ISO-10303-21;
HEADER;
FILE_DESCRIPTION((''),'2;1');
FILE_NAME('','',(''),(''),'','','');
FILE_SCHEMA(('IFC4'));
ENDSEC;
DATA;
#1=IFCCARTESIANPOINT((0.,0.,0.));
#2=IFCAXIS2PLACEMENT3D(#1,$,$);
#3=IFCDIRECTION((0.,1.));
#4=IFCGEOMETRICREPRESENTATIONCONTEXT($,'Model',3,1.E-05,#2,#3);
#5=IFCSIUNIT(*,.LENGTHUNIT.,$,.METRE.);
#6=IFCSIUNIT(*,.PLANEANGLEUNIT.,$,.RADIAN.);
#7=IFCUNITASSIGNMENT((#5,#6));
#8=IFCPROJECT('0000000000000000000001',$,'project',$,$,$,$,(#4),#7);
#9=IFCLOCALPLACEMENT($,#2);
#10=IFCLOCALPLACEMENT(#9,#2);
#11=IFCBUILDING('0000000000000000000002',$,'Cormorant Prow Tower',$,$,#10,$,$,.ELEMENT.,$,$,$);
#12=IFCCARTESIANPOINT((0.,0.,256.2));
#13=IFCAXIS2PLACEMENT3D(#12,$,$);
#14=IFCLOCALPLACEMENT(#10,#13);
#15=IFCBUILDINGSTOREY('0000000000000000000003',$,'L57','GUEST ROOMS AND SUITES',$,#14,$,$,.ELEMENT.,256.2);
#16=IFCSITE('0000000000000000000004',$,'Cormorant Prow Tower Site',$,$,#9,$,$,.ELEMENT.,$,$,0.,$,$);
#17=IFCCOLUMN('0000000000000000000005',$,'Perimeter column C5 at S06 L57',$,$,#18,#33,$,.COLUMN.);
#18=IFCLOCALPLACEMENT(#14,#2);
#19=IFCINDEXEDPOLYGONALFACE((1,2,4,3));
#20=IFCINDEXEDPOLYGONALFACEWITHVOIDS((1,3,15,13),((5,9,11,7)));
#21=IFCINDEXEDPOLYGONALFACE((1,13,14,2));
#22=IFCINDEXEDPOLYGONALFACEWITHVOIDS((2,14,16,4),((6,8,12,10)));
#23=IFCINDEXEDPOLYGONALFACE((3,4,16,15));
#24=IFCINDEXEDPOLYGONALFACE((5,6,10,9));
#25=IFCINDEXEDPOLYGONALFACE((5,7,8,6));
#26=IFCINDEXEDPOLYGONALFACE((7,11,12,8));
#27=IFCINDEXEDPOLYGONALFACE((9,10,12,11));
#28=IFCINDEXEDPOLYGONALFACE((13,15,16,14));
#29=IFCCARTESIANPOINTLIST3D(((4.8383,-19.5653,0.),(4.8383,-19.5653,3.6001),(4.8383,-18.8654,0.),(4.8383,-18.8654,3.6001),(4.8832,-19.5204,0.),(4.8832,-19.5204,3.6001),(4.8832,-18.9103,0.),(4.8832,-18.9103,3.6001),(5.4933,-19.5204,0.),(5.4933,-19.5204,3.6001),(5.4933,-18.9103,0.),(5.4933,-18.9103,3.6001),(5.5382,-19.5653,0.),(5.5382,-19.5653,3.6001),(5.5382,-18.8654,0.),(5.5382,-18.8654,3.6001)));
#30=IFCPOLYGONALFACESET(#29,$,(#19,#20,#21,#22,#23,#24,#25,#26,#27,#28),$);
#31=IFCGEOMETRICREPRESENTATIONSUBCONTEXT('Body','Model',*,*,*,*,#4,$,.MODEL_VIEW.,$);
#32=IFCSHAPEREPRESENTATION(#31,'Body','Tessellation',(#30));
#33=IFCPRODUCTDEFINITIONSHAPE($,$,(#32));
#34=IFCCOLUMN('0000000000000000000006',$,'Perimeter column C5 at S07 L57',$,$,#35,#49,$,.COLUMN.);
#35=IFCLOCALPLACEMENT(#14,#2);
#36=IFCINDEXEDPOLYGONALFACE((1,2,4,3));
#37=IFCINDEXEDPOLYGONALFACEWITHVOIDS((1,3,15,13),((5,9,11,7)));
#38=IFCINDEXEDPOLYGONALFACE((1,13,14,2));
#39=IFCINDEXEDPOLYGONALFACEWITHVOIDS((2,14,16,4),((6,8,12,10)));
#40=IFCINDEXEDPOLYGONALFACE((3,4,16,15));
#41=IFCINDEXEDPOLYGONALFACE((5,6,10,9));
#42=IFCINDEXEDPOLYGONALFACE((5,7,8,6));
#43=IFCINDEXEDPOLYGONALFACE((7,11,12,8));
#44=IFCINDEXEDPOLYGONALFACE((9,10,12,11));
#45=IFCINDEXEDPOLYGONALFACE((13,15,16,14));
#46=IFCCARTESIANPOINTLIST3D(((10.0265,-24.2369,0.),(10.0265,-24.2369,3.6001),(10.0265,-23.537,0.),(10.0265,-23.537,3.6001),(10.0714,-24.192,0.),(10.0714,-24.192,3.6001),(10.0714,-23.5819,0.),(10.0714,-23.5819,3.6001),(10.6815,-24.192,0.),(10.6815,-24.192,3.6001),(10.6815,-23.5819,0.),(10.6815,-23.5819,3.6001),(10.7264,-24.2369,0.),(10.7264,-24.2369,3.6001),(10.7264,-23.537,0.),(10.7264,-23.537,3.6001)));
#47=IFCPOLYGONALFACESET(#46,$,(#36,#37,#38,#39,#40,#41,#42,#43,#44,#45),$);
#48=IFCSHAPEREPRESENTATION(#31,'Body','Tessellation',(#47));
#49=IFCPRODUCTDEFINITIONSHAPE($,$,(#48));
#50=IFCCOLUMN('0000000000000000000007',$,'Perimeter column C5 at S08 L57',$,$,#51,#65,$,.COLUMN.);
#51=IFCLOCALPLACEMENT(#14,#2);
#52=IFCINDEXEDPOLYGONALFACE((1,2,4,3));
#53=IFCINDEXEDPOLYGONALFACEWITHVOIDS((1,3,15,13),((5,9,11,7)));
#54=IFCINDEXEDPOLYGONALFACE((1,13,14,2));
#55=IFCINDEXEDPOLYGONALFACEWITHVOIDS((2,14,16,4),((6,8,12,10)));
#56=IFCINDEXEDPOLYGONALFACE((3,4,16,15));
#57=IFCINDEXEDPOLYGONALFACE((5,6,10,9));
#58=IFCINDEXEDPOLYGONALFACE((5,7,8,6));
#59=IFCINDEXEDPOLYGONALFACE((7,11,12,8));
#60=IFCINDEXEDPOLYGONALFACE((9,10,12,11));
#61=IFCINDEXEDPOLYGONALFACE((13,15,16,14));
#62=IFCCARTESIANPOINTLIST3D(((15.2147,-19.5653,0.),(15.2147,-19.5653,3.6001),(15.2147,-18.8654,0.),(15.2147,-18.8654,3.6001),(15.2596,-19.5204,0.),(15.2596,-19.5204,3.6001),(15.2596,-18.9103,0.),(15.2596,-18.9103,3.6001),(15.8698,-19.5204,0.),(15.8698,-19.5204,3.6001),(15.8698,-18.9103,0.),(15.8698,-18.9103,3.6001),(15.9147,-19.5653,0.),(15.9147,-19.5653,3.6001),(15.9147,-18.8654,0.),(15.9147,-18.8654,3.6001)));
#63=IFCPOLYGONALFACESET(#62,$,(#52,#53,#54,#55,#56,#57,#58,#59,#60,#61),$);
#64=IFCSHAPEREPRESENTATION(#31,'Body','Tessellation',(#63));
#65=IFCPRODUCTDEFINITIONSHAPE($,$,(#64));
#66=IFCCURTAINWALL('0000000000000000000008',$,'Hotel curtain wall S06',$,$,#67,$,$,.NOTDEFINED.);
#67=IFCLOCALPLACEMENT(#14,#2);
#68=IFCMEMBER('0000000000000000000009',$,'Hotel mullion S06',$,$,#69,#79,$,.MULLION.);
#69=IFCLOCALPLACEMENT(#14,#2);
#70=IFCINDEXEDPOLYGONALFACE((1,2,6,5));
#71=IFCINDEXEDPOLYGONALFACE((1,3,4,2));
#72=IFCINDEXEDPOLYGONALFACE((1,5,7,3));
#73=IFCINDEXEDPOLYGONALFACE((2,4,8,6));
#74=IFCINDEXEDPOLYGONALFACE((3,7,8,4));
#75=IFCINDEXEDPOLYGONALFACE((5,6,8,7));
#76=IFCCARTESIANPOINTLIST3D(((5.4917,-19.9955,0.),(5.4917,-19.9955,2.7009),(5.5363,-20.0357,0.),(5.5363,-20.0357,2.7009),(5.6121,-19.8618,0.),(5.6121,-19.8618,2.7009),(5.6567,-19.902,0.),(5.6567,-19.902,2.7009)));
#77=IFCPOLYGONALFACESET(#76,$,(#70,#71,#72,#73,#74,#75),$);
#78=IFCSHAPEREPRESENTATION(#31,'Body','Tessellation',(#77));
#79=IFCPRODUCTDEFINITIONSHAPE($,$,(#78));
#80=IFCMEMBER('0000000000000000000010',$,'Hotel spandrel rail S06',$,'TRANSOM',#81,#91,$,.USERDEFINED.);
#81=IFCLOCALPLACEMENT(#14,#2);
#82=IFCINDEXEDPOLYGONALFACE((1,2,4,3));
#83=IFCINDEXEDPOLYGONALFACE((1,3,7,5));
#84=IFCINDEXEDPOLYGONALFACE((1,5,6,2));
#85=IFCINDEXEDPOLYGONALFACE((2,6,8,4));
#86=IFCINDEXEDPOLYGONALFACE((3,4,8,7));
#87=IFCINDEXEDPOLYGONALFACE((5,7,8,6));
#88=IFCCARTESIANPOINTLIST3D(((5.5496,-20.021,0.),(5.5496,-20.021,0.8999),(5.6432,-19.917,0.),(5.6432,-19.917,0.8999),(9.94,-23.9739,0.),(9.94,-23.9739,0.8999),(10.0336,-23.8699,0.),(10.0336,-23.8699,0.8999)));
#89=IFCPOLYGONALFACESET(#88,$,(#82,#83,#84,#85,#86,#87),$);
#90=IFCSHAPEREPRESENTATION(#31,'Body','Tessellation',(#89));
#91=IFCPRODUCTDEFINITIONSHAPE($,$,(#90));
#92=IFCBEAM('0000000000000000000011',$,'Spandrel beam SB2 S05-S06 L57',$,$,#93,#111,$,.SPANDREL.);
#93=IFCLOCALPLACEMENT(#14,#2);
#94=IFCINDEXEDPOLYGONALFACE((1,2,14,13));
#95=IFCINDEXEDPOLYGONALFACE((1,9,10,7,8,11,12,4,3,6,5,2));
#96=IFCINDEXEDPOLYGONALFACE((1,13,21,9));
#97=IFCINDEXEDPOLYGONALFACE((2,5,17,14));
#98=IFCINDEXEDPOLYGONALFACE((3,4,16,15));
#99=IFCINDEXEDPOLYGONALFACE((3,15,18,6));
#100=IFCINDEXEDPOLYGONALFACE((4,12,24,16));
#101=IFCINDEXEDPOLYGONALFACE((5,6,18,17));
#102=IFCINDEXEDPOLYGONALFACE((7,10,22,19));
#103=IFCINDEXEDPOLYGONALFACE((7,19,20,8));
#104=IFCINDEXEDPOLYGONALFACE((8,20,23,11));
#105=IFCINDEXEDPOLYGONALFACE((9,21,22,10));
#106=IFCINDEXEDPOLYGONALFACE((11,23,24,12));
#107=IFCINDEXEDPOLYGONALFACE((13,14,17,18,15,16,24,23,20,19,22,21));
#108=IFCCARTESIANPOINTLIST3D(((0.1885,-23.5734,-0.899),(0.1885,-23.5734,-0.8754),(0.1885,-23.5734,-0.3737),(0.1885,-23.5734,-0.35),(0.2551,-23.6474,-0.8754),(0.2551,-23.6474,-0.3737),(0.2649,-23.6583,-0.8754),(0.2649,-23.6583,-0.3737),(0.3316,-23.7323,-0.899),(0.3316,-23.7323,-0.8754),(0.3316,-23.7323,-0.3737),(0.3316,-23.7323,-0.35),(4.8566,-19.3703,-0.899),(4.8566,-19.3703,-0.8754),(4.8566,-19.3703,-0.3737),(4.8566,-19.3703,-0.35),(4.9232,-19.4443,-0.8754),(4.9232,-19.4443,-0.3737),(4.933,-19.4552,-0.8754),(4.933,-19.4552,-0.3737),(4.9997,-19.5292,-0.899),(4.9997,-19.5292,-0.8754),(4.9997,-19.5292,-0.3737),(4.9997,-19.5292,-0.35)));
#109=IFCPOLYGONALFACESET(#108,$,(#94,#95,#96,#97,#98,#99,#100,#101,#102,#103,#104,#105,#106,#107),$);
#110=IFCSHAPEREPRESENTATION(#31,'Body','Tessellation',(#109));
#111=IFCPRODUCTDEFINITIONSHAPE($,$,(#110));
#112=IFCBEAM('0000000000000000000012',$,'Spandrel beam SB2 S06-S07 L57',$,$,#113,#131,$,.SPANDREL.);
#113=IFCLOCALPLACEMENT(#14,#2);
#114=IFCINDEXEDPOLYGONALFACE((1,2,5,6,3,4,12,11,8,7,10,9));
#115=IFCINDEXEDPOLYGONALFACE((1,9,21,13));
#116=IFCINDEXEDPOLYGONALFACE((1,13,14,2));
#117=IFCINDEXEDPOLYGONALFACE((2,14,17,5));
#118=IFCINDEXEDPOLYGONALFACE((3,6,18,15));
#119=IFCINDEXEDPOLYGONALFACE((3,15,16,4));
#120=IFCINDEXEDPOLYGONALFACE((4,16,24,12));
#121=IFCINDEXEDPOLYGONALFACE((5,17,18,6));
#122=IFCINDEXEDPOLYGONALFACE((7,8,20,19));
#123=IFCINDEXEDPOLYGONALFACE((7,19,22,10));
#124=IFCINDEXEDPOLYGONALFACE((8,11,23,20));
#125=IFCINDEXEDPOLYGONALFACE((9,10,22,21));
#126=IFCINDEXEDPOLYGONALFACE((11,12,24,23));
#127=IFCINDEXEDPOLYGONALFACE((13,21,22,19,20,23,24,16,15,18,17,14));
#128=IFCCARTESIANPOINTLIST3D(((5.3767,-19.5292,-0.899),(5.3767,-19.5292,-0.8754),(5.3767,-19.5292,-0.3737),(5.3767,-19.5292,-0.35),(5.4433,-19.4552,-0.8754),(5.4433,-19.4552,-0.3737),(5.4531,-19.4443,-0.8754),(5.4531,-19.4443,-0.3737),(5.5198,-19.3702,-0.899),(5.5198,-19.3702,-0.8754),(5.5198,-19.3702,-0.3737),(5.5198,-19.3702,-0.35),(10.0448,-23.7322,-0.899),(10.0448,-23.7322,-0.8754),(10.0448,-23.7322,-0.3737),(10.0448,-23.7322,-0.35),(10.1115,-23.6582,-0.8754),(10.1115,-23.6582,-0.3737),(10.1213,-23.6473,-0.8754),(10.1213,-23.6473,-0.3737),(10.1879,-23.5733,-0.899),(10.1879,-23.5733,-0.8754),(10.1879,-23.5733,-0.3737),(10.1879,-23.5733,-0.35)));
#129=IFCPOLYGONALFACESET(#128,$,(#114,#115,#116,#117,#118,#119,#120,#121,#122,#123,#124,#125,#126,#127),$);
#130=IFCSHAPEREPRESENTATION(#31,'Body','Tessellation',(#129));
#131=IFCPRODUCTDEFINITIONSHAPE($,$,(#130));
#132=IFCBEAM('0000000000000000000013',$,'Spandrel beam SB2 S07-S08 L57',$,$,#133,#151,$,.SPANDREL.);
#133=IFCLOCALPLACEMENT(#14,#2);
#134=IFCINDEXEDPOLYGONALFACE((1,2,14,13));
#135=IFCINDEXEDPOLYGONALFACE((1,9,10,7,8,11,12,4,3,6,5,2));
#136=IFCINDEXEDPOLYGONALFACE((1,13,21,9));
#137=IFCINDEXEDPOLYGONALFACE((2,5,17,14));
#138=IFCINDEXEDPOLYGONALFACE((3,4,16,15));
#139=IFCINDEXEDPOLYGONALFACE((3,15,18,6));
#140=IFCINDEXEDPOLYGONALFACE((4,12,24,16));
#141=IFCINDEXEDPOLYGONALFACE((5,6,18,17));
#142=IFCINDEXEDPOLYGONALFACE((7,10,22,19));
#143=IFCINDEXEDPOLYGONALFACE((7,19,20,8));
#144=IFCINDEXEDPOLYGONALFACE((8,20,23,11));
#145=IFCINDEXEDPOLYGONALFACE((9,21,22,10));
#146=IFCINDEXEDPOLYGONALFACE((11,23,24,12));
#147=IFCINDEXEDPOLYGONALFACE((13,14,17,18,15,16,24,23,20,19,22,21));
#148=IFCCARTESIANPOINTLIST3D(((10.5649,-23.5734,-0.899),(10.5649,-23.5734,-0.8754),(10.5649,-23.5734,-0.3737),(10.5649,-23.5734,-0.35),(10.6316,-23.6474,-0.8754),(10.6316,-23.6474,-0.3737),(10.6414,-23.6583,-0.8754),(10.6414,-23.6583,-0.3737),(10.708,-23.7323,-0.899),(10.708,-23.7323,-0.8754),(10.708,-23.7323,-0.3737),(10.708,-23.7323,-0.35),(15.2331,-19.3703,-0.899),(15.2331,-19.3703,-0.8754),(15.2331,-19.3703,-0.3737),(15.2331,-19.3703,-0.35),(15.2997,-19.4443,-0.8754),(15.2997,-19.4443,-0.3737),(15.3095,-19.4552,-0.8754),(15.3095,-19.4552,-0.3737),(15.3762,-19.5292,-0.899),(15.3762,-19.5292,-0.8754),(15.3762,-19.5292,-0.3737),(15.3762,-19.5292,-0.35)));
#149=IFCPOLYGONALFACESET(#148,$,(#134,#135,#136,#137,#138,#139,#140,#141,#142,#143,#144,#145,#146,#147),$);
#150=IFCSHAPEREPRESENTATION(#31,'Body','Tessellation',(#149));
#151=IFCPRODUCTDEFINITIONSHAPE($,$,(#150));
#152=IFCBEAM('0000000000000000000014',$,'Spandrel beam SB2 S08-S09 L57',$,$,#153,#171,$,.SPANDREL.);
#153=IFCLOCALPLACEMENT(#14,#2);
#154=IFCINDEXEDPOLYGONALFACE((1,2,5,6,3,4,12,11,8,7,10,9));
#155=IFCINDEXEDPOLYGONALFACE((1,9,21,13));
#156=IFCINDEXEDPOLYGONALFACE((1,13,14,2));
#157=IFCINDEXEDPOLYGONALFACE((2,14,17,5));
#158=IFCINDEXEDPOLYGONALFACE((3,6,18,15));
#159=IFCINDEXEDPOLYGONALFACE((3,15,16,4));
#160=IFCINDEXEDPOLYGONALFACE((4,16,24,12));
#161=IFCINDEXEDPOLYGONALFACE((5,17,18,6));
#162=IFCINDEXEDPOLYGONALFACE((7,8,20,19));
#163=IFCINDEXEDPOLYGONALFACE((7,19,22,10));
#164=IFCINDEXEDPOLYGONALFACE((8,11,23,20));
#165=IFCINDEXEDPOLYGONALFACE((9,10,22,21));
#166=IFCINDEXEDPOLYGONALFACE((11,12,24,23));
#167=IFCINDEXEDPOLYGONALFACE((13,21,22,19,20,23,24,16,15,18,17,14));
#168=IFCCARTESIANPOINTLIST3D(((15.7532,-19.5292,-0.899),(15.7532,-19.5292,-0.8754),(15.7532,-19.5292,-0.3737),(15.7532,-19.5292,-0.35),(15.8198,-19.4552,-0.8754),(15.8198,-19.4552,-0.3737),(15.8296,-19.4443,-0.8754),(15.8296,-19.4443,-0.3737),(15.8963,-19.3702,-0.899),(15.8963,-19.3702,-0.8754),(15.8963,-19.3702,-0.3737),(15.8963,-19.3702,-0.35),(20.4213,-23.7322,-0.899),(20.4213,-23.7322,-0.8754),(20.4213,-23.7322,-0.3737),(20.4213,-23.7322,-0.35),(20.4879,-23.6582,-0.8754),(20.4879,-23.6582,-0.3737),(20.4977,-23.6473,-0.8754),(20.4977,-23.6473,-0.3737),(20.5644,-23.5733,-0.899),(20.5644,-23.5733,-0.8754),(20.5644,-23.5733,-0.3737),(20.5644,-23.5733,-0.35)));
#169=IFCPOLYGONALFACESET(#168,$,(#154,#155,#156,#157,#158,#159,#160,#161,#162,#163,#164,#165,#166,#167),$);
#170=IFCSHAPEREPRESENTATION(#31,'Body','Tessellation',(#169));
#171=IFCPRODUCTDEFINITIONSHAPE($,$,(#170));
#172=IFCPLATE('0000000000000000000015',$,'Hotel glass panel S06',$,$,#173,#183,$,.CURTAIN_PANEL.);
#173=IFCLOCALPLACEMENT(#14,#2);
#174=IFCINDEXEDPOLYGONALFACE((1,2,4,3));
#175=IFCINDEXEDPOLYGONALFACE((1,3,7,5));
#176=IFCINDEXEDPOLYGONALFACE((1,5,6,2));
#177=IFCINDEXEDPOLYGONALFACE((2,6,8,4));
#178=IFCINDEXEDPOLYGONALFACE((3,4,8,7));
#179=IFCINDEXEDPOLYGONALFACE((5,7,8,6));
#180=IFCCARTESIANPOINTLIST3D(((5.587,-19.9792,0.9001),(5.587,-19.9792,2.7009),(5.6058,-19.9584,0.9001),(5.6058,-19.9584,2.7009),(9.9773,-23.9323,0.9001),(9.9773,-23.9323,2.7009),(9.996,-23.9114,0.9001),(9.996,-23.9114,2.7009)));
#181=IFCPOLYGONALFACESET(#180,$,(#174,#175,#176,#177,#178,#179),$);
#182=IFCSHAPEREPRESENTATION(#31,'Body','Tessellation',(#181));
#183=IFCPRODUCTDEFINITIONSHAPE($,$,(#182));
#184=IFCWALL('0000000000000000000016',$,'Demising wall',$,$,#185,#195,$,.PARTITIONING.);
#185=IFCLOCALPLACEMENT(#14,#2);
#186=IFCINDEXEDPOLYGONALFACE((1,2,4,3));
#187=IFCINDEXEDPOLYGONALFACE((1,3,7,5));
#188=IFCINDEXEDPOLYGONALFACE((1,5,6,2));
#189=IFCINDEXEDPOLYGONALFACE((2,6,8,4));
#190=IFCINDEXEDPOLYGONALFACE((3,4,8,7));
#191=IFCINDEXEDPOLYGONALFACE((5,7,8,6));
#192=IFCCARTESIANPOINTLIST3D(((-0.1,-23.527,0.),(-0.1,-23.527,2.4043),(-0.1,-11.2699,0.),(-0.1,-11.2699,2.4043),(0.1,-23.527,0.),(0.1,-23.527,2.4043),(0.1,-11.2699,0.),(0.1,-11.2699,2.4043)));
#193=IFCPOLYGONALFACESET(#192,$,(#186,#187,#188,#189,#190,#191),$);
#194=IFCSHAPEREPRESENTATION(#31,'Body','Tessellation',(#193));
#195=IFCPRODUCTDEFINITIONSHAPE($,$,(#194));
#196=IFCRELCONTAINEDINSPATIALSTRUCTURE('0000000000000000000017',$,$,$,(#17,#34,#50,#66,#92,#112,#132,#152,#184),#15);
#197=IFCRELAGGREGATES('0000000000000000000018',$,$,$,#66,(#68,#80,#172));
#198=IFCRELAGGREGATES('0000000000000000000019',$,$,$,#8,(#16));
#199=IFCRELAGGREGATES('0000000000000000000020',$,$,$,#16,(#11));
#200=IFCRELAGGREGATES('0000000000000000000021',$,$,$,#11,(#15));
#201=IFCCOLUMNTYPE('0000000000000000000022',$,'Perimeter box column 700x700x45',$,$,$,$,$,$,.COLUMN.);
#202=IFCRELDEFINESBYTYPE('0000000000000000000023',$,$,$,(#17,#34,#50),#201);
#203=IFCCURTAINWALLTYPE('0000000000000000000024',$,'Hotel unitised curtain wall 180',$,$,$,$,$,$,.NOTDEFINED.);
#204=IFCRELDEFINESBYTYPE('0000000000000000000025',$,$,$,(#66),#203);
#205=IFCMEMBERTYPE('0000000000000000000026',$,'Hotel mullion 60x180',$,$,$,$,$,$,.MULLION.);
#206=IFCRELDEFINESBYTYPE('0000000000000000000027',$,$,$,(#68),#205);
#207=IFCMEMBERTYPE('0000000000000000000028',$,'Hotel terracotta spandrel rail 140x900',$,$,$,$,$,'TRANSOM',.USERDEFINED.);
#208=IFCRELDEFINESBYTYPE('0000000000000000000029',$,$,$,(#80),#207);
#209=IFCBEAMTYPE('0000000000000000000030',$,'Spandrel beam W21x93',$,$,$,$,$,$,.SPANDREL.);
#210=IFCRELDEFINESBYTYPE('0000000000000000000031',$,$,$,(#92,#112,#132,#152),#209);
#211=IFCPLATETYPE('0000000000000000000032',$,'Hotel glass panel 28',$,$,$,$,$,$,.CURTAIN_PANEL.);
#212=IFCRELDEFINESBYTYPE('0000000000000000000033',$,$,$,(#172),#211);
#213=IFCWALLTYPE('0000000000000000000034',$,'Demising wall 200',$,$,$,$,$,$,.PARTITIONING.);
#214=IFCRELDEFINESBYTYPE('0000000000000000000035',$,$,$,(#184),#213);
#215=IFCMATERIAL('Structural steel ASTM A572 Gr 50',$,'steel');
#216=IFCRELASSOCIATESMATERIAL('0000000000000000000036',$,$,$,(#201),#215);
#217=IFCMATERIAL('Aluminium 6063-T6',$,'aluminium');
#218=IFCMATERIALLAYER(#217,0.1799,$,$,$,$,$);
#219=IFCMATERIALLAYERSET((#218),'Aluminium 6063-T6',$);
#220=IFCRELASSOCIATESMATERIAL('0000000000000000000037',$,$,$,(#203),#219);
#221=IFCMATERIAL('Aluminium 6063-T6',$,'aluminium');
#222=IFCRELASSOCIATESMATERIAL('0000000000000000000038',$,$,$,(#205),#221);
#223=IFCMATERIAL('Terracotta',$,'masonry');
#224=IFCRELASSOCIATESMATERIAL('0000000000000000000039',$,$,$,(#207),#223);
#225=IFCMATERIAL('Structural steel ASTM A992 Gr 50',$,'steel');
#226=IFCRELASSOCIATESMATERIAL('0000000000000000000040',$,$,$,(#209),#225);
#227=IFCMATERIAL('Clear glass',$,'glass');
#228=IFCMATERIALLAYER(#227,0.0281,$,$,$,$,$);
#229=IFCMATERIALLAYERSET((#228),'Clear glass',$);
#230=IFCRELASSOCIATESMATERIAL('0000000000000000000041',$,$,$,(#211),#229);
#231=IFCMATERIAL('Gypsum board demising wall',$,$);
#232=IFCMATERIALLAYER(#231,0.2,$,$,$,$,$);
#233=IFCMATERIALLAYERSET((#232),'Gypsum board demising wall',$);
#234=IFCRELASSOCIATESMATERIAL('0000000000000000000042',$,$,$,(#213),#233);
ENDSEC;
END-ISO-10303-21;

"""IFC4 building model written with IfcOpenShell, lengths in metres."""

from ifc_helpers import new_model, si_unit, direction, frame, frame_2d, origin, origin_2d, place, context, subcontext, project, spatial, rectangle, hollow_rectangle, i_section, extrude, material, layer, layer_set, material_profile, profile_set, type_object, element, aggregate, save


model = new_model("IFC4")

# Units and contexts
model_context = context("Model", 3, precision=1e-05, world=origin(), true_north=direction((0.0, 1.0)))
body_context = subcontext(model_context, "Body", "Model", "MODEL_VIEW")
ifc_project = project(units=[si_unit("LENGTHUNIT", "METRE"), si_unit("PLANEANGLEUNIT", "RADIAN")], contexts=[model_context])

# Site, building, storey
site_placement = place(None, origin())
site = spatial("IfcSite", under=ifc_project, at=site_placement, Name="Cormorant Prow Tower Site", CompositionType="ELEMENT", RefElevation=0.0)
building_placement = place(site_placement, origin())
building = spatial("IfcBuilding", under=site, at=building_placement, Name="Cormorant Prow Tower", CompositionType="ELEMENT")
storey_placement = place(building_placement, frame((0.0, 0.0, 256.2)))
storey = spatial("IfcBuildingStorey", under=building, at=storey_placement, Name="L57", Description="GUEST ROOMS AND SUITES", CompositionType="ELEMENT", Elevation=256.2)

# Columns
ifc_material_1 = material(Name="Structural steel ASTM A572 Gr 50", Category="steel")
ifc_material_profile_1 = material_profile(ifc_material_1, hollow_rectangle(XDim=0.7, YDim=0.7, WallThickness=0.0449, at=origin_2d()), Name="Box 700x700x45")
ifc_profile_set_1 = profile_set([ifc_material_profile_1], Name="Structural steel ASTM A572 Gr 50")
column_type = type_object("IfcColumnType", Name="Perimeter box column 700x700x45", PredefinedType="COLUMN", material=ifc_profile_set_1)
for number, where, z_axis, x_axis, name in (
    (1, (5.1882, -19.2153, 0.0), (0.0, 0.0, 1.0), (1.0, 0.0, 0.0), "Perimeter column C5 at S06 L57"),
    (2, (10.3765, -23.887, 0.0), (0.0, 0.0, 1.0), (1.0, 0.0, 0.0), "Perimeter column C5 at S07 L57"),
    (3, (15.5647, -19.2153, 0.0), (0.0, 0.0, 1.0), (1.0, 0.0, 0.0), "Perimeter column C5 at S08 L57"),
):
    element("IfcColumn", number, at=place(storey_placement, frame(where, z_axis=z_axis, x_axis=x_axis)), inside=storey, type_object=column_type, Name=name, PredefinedType="COLUMN", context=body_context, shape_type="SweptSolid", body=[
        extrude(hollow_rectangle(XDim=0.7, YDim=0.7, WallThickness=0.0449, at=origin_2d()), origin(), (0.0, 0.0, 1.0), 3.6001),
    ])

# Curtain wall, members
ifc_material_2 = material(Name="Aluminium 6063-T6", Category="aluminium")
ifc_layer_1 = layer(ifc_material_2, 0.1799)
ifc_layer_set_1 = layer_set([ifc_layer_1], Name="Aluminium 6063-T6")
curtain_wall_type = type_object("IfcCurtainWallType", Name="Hotel unitised curtain wall 180", PredefinedType="NOTDEFINED", material=ifc_layer_set_1)
curtain_wall_placement = place(storey_placement, origin())
curtain_wall = element("IfcCurtainWall", 4, at=curtain_wall_placement, inside=storey, type_object=curtain_wall_type, Name="Hotel curtain wall S06", PredefinedType="NOTDEFINED")
ifc_material_3 = material(Name="Aluminium 6063-T6", Category="aluminium")
ifc_material_profile_2 = material_profile(ifc_material_3, rectangle(XDim=0.1799, YDim=0.0601, at=origin_2d()), Name="Hotel mullion 60x180")
ifc_profile_set_2 = profile_set([ifc_material_profile_2], Name="Aluminium 6063-T6")
member_type_1 = type_object("IfcMemberType", Name="Hotel mullion 60x180", PredefinedType="MULLION", material=ifc_profile_set_2)
member_1_placement = place(storey_placement, frame((5.5742, -19.9487, 0.0), z_axis=(0.0, 0.0, 1.0), x_axis=(0.669131, 0.743145, 0.0)))
member_1 = element("IfcMember", 5, at=member_1_placement, type_object=member_type_1, Name="Hotel mullion S06", PredefinedType="MULLION", context=body_context, shape_type="SweptSolid", body=[
    extrude(rectangle(XDim=0.1799, YDim=0.0601, at=origin_2d()), origin(), (0.0, 0.0, 1.0), 2.7009),
])
ifc_material_4 = material(Name="Terracotta", Category="masonry")
ifc_material_profile_3 = material_profile(ifc_material_4, rectangle(XDim=0.1399, YDim=0.8999, at=origin_2d()), Name="Hotel terracotta spandrel rail 140x900")
ifc_profile_set_3 = profile_set([ifc_material_profile_3], Name="Terracotta")
member_type_2 = type_object("IfcMemberType", Name="Hotel terracotta spandrel rail 140x900", ElementType="TRANSOM", PredefinedType="USERDEFINED", material=ifc_profile_set_3)
member_2_placement = place(storey_placement, frame((5.5964, -19.969, 0.45), z_axis=(0.743165, -0.669109, 0.0), x_axis=(0.669109, 0.743165, 0.0)))
member_2 = element("IfcMember", 6, at=member_2_placement, type_object=member_type_2, Name="Hotel spandrel rail S06", ObjectType="TRANSOM", PredefinedType="USERDEFINED", context=body_context, shape_type="SweptSolid", body=[
    extrude(rectangle(XDim=0.1399, YDim=0.8999, at=origin_2d()), origin(), (0.0, 0.0, 1.0), 5.9077),
])

# Beams
ifc_material_5 = material(Name="Structural steel ASTM A992 Gr 50", Category="steel")
ifc_material_profile_4 = material_profile(ifc_material_5, i_section(OverallWidth=0.2139, OverallDepth=0.5491, WebThickness=0.0146, FlangeThickness=0.0237, at=origin_2d()), Name="W21x93")
ifc_profile_set_4 = profile_set([ifc_material_profile_4], Name="Structural steel ASTM A992 Gr 50")
beam_type = type_object("IfcBeamType", Name="Spandrel beam W21x93", PredefinedType="SPANDREL", material=ifc_profile_set_4)
for number, where, z_axis, x_axis, name in (
    (7, (0.26, -23.6528, -0.6245), (0.743157, 0.669117, 0.0), (-0.669117, 0.743157, 0.0), "Spandrel beam SB2 S05-S06 L57"),
    (8, (5.4482, -19.4497, -0.6245), (0.743157, -0.669117, 0.0), (0.669117, 0.743157, 0.0), "Spandrel beam SB2 S06-S07 L57"),
    (9, (10.6365, -23.6528, -0.6245), (0.743157, 0.669117, 0.0), (-0.669117, 0.743157, 0.0), "Spandrel beam SB2 S07-S08 L57"),
    (10, (15.8247, -19.4497, -0.6245), (0.743157, -0.669117, 0.0), (0.669117, 0.743157, 0.0), "Spandrel beam SB2 S08-S09 L57"),
):
    element("IfcBeam", number, at=place(storey_placement, frame(where, z_axis=z_axis, x_axis=x_axis)), inside=storey, type_object=beam_type, Name=name, PredefinedType="SPANDREL", context=body_context, shape_type="SweptSolid", body=[
        extrude(i_section(OverallWidth=0.2139, OverallDepth=0.5491, WebThickness=0.0146, FlangeThickness=0.0237, at=origin_2d()), origin(), (0.0, 0.0, 1.0), 6.2815),
    ])

# Plate
ifc_material_6 = material(Name="Clear glass", Category="glass")
ifc_layer_2 = layer(ifc_material_6, 0.0281)
ifc_layer_set_2 = layer_set([ifc_layer_2], Name="Clear glass")
plate_type = type_object("IfcPlateType", Name="Hotel glass panel 28", PredefinedType="CURTAIN_PANEL", material=ifc_layer_set_2)
plate_placement = place(storey_placement, frame((7.7915, -21.9453, 0.9001), z_axis=(0.0, 0.0, 1.0), x_axis=(0.743145, -0.669131, 0.0)))
plate = element("IfcPlate", 11, at=plate_placement, type_object=plate_type, Name="Hotel glass panel S06", PredefinedType="CURTAIN_PANEL", context=body_context, shape_type="SweptSolid", body=[
    extrude(rectangle(XDim=5.9077, YDim=0.0281, at=origin_2d()), origin(), (0.0, 0.0, 1.0), 1.8008),
])
aggregate(curtain_wall, [member_1, member_2, plate])

# Wall
ifc_material_7 = material(Name="Gypsum board demising wall")
ifc_layer_3 = layer(ifc_material_7, 0.2)
ifc_layer_set_3 = layer_set([ifc_layer_3], Name="Gypsum board demising wall")
wall_type_1 = type_object("IfcWallType", Name="Demising wall 200", PredefinedType="PARTITIONING", material=ifc_layer_set_3)
wall_1_placement = place(storey_placement, frame((0.0, -23.5269, 0.0), z_axis=(0.0, 0.0, 1.0), x_axis=(0.0, 1.0, 0.0)))
element("IfcWall", 12, at=wall_1_placement, inside=storey, type_object=wall_type_1, Name="Demising wall", PredefinedType="PARTITIONING", context=body_context, shape_type="SweptSolid", body=[
    extrude(rectangle(XDim=12.2571, YDim=0.2, at=frame_2d((6.1284, 0.0))), origin(), (0.0, 0.0, 1.0), 2.4043),
])

save(model, "model.ifc")
